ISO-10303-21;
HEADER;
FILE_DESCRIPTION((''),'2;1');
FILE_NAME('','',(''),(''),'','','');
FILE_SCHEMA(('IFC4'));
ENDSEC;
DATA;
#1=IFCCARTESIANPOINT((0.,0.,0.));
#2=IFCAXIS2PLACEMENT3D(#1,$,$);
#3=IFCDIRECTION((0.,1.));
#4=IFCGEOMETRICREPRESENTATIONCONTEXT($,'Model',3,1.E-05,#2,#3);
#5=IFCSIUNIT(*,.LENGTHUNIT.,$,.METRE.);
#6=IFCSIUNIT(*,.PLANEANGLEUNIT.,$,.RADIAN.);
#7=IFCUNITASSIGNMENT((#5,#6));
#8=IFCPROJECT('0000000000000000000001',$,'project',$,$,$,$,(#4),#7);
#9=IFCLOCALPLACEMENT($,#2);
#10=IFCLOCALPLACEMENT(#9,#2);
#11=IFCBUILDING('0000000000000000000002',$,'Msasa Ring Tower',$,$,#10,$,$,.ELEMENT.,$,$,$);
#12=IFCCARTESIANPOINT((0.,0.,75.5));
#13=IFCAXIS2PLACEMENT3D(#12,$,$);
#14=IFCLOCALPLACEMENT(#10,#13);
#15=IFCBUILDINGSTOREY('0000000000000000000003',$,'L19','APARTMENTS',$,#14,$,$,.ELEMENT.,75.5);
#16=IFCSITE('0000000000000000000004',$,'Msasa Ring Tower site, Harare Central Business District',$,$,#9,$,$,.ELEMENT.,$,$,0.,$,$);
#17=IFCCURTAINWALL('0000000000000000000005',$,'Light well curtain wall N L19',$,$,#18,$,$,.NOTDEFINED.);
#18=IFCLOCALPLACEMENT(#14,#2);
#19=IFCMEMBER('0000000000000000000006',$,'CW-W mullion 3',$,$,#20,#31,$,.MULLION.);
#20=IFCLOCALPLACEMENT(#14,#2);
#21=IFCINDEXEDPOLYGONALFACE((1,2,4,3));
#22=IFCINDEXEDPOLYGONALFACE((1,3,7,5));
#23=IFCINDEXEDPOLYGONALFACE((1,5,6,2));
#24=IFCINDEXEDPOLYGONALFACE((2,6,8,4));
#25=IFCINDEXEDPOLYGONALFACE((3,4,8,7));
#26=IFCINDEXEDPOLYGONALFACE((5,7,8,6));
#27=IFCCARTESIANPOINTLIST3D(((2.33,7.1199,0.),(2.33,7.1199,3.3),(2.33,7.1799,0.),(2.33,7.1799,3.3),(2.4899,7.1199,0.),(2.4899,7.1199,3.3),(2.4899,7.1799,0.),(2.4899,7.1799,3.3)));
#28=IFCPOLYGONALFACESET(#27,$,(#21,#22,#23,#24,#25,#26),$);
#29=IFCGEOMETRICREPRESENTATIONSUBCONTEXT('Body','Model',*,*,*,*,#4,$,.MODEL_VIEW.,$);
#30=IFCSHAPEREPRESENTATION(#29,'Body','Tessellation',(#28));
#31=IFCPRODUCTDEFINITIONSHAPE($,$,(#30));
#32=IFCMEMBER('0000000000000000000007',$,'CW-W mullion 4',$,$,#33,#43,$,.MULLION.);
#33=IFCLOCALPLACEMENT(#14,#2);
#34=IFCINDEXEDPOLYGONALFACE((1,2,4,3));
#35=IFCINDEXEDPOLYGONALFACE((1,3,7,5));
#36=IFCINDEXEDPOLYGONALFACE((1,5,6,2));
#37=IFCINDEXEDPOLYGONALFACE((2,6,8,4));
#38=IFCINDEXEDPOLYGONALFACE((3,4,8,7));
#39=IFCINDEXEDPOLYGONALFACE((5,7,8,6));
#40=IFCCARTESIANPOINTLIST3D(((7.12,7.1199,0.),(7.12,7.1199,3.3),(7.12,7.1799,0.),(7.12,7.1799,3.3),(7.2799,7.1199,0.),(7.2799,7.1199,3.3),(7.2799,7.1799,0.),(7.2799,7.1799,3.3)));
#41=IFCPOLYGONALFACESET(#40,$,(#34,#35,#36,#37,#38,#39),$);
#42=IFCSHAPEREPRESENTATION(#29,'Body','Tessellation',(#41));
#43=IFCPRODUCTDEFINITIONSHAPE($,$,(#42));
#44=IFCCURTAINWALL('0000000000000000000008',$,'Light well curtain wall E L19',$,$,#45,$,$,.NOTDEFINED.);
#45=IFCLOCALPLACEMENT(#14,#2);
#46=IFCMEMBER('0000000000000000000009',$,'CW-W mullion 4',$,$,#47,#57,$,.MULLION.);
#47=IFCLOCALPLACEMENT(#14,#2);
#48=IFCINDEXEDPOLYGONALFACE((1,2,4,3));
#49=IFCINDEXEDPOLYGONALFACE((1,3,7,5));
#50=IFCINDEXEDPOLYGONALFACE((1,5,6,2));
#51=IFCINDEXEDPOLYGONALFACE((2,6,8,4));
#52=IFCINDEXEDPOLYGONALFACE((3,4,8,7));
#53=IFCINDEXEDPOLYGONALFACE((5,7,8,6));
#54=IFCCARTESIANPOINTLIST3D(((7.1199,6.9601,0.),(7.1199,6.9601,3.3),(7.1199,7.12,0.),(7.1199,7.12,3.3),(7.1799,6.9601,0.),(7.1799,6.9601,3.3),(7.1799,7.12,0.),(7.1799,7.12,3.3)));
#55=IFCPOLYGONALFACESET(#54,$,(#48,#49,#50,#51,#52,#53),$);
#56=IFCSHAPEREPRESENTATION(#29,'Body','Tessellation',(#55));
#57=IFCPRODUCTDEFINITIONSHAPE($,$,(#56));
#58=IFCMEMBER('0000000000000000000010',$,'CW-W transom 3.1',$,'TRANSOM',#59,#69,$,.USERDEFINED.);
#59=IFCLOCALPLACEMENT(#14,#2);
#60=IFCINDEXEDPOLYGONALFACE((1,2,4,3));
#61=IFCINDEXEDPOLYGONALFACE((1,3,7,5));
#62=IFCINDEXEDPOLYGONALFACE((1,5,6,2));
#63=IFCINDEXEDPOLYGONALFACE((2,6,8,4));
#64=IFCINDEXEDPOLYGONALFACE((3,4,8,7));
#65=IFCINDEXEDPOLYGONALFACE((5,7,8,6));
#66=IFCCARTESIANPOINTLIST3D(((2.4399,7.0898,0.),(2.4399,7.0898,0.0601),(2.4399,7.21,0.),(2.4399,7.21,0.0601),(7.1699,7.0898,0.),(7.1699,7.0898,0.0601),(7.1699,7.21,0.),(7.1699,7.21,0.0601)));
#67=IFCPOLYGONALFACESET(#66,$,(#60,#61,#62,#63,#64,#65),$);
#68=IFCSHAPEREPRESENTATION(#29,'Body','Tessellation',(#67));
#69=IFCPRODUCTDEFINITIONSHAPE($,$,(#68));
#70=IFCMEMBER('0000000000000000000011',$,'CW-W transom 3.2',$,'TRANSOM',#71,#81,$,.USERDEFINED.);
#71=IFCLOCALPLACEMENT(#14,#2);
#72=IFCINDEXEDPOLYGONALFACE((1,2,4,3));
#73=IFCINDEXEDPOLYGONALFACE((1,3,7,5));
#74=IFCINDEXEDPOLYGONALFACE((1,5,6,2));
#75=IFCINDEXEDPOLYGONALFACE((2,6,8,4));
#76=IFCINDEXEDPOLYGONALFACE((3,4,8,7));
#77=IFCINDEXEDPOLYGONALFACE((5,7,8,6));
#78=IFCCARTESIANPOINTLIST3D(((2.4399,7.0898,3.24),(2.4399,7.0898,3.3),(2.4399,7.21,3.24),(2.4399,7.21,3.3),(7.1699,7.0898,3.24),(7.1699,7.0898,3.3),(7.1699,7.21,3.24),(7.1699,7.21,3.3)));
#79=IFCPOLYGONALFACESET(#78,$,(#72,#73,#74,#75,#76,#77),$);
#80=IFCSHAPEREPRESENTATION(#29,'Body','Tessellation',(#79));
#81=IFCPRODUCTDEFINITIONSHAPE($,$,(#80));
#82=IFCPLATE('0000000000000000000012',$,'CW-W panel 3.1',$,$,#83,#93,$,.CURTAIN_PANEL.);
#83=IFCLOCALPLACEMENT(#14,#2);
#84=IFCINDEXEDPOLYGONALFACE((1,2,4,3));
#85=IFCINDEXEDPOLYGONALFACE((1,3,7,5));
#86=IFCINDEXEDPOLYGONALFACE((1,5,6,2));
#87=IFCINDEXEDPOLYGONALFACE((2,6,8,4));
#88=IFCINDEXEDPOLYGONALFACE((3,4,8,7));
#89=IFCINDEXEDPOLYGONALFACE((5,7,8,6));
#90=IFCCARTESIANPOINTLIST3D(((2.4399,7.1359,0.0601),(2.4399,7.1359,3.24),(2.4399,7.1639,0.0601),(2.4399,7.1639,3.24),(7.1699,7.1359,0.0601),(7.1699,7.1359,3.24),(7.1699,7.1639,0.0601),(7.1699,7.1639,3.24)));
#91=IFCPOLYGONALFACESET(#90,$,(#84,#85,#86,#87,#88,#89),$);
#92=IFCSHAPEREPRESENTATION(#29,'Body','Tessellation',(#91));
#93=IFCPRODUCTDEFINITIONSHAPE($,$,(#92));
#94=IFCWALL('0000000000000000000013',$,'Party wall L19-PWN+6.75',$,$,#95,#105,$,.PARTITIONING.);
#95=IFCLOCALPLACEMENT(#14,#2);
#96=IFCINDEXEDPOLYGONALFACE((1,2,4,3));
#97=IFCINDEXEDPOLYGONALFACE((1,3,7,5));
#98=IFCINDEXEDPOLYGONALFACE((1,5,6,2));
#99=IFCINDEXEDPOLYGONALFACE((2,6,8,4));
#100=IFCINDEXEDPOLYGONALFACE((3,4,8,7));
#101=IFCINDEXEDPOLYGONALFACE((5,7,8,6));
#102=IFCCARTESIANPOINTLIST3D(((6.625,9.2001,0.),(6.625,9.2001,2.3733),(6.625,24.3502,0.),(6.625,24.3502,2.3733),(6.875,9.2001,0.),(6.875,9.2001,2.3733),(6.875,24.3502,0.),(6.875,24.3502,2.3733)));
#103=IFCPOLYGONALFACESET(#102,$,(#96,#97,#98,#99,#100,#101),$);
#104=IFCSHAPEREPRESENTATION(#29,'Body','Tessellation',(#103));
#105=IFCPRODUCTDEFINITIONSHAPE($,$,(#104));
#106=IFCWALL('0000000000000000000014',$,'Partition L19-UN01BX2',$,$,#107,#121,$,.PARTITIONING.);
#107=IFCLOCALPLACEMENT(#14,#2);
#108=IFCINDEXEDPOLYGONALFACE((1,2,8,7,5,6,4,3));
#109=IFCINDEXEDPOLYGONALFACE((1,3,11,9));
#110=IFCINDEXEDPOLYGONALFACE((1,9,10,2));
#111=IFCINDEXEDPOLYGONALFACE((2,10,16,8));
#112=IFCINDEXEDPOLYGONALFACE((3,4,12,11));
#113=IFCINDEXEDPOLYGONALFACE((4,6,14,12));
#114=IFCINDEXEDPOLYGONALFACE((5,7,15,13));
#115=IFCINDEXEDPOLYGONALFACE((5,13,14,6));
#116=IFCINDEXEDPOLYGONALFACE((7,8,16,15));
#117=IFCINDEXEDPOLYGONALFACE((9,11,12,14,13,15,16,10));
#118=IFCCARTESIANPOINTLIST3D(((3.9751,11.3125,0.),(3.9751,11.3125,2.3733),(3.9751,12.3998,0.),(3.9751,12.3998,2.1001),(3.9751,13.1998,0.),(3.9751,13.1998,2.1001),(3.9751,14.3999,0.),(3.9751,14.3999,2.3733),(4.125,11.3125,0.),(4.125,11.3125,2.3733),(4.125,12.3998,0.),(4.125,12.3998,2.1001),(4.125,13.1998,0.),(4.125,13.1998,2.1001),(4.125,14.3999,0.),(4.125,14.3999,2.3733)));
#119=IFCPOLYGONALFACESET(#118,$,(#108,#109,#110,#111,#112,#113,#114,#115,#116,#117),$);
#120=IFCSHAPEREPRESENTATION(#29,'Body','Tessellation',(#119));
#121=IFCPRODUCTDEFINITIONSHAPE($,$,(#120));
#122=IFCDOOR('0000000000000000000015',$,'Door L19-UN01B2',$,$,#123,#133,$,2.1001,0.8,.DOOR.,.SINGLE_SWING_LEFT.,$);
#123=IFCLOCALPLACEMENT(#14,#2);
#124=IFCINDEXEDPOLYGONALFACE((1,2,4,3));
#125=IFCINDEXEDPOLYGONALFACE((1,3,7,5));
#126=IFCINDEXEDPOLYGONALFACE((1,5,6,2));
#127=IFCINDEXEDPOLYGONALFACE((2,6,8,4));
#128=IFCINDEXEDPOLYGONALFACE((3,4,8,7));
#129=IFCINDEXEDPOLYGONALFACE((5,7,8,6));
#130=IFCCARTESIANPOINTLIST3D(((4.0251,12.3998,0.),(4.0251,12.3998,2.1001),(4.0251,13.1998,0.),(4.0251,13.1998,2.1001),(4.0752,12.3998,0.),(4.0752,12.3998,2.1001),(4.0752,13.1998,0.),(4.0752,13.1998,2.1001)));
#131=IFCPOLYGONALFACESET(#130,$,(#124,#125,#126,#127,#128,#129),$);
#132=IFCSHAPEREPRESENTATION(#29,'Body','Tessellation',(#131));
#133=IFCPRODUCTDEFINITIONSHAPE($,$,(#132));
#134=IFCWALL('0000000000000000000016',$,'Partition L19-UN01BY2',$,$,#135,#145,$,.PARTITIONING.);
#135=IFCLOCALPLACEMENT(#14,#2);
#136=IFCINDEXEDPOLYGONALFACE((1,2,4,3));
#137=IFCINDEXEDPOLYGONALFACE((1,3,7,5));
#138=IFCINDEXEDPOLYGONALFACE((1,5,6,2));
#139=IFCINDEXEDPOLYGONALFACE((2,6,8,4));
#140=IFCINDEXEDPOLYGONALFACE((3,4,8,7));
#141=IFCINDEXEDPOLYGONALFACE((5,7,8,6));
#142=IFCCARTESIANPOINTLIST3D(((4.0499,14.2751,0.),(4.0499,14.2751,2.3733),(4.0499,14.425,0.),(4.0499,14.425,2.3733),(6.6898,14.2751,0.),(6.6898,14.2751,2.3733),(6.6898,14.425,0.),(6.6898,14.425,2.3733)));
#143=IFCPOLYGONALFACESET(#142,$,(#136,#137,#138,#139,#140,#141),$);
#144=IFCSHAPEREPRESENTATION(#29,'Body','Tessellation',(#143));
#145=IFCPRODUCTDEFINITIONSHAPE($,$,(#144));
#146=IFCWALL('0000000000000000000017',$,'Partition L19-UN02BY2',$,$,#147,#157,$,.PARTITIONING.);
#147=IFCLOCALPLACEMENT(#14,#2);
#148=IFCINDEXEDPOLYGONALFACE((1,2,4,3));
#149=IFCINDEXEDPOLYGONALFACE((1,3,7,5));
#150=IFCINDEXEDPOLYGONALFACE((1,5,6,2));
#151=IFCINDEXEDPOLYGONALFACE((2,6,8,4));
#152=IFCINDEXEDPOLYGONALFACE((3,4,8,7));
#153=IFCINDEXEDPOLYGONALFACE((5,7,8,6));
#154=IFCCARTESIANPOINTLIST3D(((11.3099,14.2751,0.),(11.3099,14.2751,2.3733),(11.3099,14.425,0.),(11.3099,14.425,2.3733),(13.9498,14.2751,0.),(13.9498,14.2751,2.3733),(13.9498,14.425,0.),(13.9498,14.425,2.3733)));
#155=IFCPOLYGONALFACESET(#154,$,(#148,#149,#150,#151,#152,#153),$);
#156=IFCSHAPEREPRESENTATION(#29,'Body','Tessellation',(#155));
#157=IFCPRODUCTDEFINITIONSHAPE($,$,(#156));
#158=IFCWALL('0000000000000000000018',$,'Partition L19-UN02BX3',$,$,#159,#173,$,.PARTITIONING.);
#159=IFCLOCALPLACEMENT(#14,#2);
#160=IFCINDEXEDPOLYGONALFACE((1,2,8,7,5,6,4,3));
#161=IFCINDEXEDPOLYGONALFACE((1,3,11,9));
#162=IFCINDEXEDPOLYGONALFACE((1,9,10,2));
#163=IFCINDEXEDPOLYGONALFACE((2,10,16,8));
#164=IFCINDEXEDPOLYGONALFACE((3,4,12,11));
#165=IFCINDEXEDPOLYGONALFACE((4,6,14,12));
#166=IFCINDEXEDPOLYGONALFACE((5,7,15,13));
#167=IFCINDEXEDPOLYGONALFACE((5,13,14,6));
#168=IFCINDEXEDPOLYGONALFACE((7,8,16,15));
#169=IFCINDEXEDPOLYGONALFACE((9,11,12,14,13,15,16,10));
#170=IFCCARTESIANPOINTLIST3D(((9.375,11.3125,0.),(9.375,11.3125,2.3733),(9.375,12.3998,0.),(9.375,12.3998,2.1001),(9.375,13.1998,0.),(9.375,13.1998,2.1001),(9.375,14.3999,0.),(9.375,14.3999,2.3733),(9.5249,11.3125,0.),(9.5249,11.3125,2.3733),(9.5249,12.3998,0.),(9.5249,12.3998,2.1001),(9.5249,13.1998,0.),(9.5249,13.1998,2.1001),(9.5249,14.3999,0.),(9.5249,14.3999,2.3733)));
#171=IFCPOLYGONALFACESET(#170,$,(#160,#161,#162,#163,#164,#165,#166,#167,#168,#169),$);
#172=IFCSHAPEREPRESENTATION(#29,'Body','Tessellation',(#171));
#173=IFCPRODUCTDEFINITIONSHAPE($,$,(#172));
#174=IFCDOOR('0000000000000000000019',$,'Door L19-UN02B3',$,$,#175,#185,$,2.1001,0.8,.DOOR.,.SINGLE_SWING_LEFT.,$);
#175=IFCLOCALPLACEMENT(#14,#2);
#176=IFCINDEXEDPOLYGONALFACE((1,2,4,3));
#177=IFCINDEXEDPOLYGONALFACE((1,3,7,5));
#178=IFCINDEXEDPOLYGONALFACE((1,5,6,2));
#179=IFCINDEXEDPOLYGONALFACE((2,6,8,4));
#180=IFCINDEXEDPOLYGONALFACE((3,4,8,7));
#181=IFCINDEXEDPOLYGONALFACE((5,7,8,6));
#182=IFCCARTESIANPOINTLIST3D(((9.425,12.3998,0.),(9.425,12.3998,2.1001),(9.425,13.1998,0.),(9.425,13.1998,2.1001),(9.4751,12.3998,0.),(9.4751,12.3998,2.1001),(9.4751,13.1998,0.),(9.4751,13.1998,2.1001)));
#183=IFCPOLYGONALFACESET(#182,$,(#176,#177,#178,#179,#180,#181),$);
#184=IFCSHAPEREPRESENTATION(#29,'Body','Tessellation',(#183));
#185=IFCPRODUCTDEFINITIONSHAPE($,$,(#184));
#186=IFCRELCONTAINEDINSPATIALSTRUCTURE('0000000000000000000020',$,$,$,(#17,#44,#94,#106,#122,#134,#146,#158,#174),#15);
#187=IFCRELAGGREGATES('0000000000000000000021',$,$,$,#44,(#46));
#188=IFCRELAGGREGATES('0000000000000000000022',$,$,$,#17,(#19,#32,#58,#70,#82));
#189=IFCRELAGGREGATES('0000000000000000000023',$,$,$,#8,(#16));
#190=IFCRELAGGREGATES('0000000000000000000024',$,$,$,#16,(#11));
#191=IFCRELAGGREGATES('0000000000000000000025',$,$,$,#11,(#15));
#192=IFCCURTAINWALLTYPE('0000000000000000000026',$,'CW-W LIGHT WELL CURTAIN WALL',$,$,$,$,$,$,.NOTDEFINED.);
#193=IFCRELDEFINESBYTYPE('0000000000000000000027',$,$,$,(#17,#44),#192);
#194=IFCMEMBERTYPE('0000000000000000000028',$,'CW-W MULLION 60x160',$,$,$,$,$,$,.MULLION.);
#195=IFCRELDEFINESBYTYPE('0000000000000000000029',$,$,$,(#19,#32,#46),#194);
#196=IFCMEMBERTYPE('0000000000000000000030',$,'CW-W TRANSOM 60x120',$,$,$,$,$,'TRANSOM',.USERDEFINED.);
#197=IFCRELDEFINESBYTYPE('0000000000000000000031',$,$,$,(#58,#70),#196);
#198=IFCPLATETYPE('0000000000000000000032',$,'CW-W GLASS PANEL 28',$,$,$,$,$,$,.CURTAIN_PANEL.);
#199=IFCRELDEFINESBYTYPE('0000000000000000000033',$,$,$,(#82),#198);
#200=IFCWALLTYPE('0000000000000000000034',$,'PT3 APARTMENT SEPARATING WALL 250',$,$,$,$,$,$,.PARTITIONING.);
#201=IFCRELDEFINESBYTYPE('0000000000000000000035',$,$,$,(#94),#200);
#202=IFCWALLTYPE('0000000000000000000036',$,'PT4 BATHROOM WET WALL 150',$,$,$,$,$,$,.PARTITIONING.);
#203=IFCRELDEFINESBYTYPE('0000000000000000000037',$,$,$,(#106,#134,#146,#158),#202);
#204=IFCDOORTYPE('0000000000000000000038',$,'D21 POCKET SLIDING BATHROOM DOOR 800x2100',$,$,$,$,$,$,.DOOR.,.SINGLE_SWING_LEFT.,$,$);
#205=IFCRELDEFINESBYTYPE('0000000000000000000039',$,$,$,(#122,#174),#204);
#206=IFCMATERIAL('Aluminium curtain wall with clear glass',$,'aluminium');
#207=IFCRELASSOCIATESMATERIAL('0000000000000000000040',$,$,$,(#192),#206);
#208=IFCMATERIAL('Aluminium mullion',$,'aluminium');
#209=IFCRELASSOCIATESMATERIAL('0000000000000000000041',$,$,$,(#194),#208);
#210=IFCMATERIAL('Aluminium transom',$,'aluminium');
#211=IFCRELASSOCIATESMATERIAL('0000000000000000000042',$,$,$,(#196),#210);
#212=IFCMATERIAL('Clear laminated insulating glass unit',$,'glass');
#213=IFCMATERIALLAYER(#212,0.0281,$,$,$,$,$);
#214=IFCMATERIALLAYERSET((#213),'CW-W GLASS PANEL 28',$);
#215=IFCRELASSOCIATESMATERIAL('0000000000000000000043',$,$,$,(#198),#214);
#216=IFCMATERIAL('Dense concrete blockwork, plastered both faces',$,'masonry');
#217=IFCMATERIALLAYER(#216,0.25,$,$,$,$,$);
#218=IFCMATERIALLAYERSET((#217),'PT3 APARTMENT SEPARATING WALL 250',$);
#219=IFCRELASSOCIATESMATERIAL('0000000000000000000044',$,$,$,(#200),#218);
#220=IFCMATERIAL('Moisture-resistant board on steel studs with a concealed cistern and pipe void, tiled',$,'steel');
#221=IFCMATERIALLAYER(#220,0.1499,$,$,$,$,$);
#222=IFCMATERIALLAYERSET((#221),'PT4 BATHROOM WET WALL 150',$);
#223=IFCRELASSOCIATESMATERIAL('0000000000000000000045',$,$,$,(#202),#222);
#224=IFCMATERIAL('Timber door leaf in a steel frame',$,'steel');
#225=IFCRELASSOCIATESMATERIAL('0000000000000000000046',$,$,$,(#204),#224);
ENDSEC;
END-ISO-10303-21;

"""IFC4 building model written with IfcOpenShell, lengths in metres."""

from ifc_helpers import new_model, si_unit, direction, frame, frame_2d, origin, origin_2d, place, context, subcontext, project, spatial, rectangle, extrude, material, layer, layer_set, material_profile, profile_set, type_object, element, fill, aggregate, save


model = new_model("IFC4")

# Units and contexts
model_context = context("Model", 3, precision=1e-05, world=origin(), true_north=direction((0.0, 1.0)))
body_context = subcontext(model_context, "Body", "Model", "MODEL_VIEW")
ifc_project = project(units=[si_unit("LENGTHUNIT", "METRE"), si_unit("PLANEANGLEUNIT", "RADIAN")], contexts=[model_context])

# Site, building, storey
site_placement = place(None, origin())
site = spatial("IfcSite", under=ifc_project, at=site_placement, Name="Msasa Ring Tower site, Harare Central Business District", CompositionType="ELEMENT", RefElevation=0.0)
building_placement = place(site_placement, origin())
building = spatial("IfcBuilding", under=site, at=building_placement, Name="Msasa Ring Tower", CompositionType="ELEMENT")
storey_placement = place(building_placement, frame((0.0, 0.0, 75.5)))
storey = spatial("IfcBuildingStorey", under=building, at=storey_placement, Name="L19", Description="APARTMENTS", CompositionType="ELEMENT", Elevation=75.5)

# Curtain wall, members
ifc_material_1 = material(Name="Aluminium curtain wall with clear glass", Category="aluminium")
curtain_wall_type = type_object("IfcCurtainWallType", Name="CW-W LIGHT WELL CURTAIN WALL", PredefinedType="NOTDEFINED", material=ifc_material_1)
curtain_wall_1_placement = place(storey_placement, origin())
curtain_wall_1 = element("IfcCurtainWall", 1, at=curtain_wall_1_placement, inside=storey, type_object=curtain_wall_type, Name="Light well curtain wall N L19", PredefinedType="NOTDEFINED")
ifc_material_2 = material(Name="Aluminium mullion", Category="aluminium")
ifc_material_profile_1 = material_profile(ifc_material_2, rectangle(XDim=0.0601, YDim=0.1599, at=origin_2d()), Name="AL 60x160")
ifc_profile_set_1 = profile_set([ifc_material_profile_1], Name="Aluminium mullion")
member_type_1 = type_object("IfcMemberType", Name="CW-W MULLION 60x160", PredefinedType="MULLION", material=ifc_profile_set_1)
member_1_placement = place(storey_placement, frame((2.4099, 7.1499, 0.0), z_axis=(0.0, 0.0, 1.0), x_axis=(0.0, 1.0, 0.0)))
member_1 = element("IfcMember", 2, at=member_1_placement, type_object=member_type_1, Name="CW-W mullion 3", PredefinedType="MULLION", context=body_context, shape_type="SweptSolid", body=[
    extrude(rectangle(XDim=0.0601, YDim=0.1599, at=origin_2d()), origin(), (0.0, 0.0, 1.0), 3.3),
])
member_2_placement = place(storey_placement, frame((7.2, 7.1499, 0.0), z_axis=(0.0, 0.0, 1.0), x_axis=(0.0, 1.0, 0.0)))
member_2 = element("IfcMember", 3, at=member_2_placement, type_object=member_type_1, Name="CW-W mullion 4", PredefinedType="MULLION", context=body_context, shape_type="SweptSolid", body=[
    extrude(rectangle(XDim=0.0601, YDim=0.1599, at=origin_2d()), origin(), (0.0, 0.0, 1.0), 3.3),
])

# Curtain wall, member
curtain_wall_2_placement = place(storey_placement, origin())
curtain_wall_2 = element("IfcCurtainWall", 4, at=curtain_wall_2_placement, inside=storey, type_object=curtain_wall_type, Name="Light well curtain wall E L19", PredefinedType="NOTDEFINED")
member_3_placement = place(storey_placement, frame((7.1499, 7.04, 0.0), z_axis=(0.0, 0.0, 1.0), x_axis=(-1.0, 0.0, 0.0)))
member_3 = element("IfcMember", 5, at=member_3_placement, type_object=member_type_1, Name="CW-W mullion 4", PredefinedType="MULLION", context=body_context, shape_type="SweptSolid", body=[
    extrude(rectangle(XDim=0.0601, YDim=0.1599, at=origin_2d()), origin(), (0.0, 0.0, 1.0), 3.3),
])
aggregate(curtain_wall_2, [member_3])

# Members
ifc_material_3 = material(Name="Aluminium transom", Category="aluminium")
ifc_material_profile_2 = material_profile(ifc_material_3, rectangle(XDim=0.1201, YDim=0.0601, at=origin_2d()), Name="AL 60x120")
ifc_profile_set_2 = profile_set([ifc_material_profile_2], Name="Aluminium transom")
member_type_2 = type_object("IfcMemberType", Name="CW-W TRANSOM 60x120", ElementType="TRANSOM", PredefinedType="USERDEFINED", material=ifc_profile_set_2)
member_4_placement = place(storey_placement, frame((2.4399, 7.1499, 0.03), z_axis=(1.0, 0.0, 0.0), x_axis=(0.0, 1.0, 0.0)))
member_4 = element("IfcMember", 6, at=member_4_placement, type_object=member_type_2, Name="CW-W transom 3.1", ObjectType="TRANSOM", PredefinedType="USERDEFINED", context=body_context, shape_type="SweptSolid", body=[
    extrude(rectangle(XDim=0.1201, YDim=0.0601, at=origin_2d()), origin(), (0.0, 0.0, 1.0), 4.73),
])
member_5_placement = place(storey_placement, frame((2.4399, 7.1499, 3.27), z_axis=(1.0, 0.0, 0.0), x_axis=(0.0, 1.0, 0.0)))
member_5 = element("IfcMember", 7, at=member_5_placement, type_object=member_type_2, Name="CW-W transom 3.2", ObjectType="TRANSOM", PredefinedType="USERDEFINED", context=body_context, shape_type="SweptSolid", body=[
    extrude(rectangle(XDim=0.1201, YDim=0.0601, at=origin_2d()), origin(), (0.0, 0.0, 1.0), 4.73),
])

# Plate
ifc_material_4 = material(Name="Clear laminated insulating glass unit", Category="glass")
ifc_layer_1 = layer(ifc_material_4, 0.0281)
ifc_layer_set_1 = layer_set([ifc_layer_1], Name="CW-W GLASS PANEL 28")
plate_type = type_object("IfcPlateType", Name="CW-W GLASS PANEL 28", PredefinedType="CURTAIN_PANEL", material=ifc_layer_set_1)
plate_placement = place(storey_placement, frame((4.8049, 7.1499, 0.0601), z_axis=(0.0, 0.0, 1.0), x_axis=(1.0, 0.0, 0.0)))
plate = element("IfcPlate", 8, at=plate_placement, type_object=plate_type, Name="CW-W panel 3.1", PredefinedType="CURTAIN_PANEL", context=body_context, shape_type="SweptSolid", body=[
    extrude(rectangle(XDim=4.73, YDim=0.0281, at=origin_2d()), origin(), (0.0, 0.0, 1.0), 3.1799),
])
aggregate(curtain_wall_1, [member_1, member_2, member_4, member_5, plate])

# Wall
ifc_material_5 = material(Name="Dense concrete blockwork, plastered both faces", Category="masonry")
ifc_layer_2 = layer(ifc_material_5, 0.25)
ifc_layer_set_2 = layer_set([ifc_layer_2], Name="PT3 APARTMENT SEPARATING WALL 250")
wall_type_1 = type_object("IfcWallType", Name="PT3 APARTMENT SEPARATING WALL 250", PredefinedType="PARTITIONING", material=ifc_layer_set_2)
wall_1_placement = place(storey_placement, frame((6.75, 9.2, 0.0), z_axis=(0.0, 0.0, 1.0), x_axis=(0.0, 1.0, 0.0)))
element("IfcWall", 9, at=wall_1_placement, inside=storey, type_object=wall_type_1, Name="Party wall L19-PWN+6.75", PredefinedType="PARTITIONING", context=body_context, shape_type="SweptSolid", body=[
    extrude(rectangle(XDim=15.1501, YDim=0.25, at=frame_2d((7.5752, 0.0))), origin(), (0.0, 0.0, 1.0), 2.3733),
])

# Wall, opening, door
ifc_material_6 = material(Name="Moisture-resistant board on steel studs with a concealed cistern and pipe void, tiled", Category="steel")
ifc_layer_3 = layer(ifc_material_6, 0.1499)
ifc_layer_set_3 = layer_set([ifc_layer_3], Name="PT4 BATHROOM WET WALL 150")
wall_type_2 = type_object("IfcWallType", Name="PT4 BATHROOM WET WALL 150", PredefinedType="PARTITIONING", material=ifc_layer_set_3)
wall_2_placement = place(storey_placement, frame((4.05, 11.3125, 0.0), z_axis=(0.0, 0.0, 1.0), x_axis=(0.0, 1.0, 0.0)))
wall_2 = element("IfcWall", 10, at=wall_2_placement, inside=storey, type_object=wall_type_2, Name="Partition L19-UN01BX2", PredefinedType="PARTITIONING", context=body_context, shape_type="SweptSolid", body=[
    extrude(rectangle(XDim=3.0874, YDim=0.1499, at=frame_2d((1.5437, 0.0))), origin(), (0.0, 0.0, 1.0), 2.3733),
])
opening_1_placement = place(wall_2_placement, frame((1.0874, 0.0, 0.0)))
opening_1 = element("IfcOpeningElement", 11, at=opening_1_placement, cuts=wall_2, PredefinedType="OPENING", context=body_context, shape_type="SweptSolid", body=[
    extrude(rectangle(XDim=0.8, YDim=2.1001, at=frame_2d((0.3999, 1.05))), frame((0.0, 0.085, 0.0), z_axis=(0.0, -1.0, 0.0), x_axis=(1.0, 0.0, 0.0)), (0.0, 0.0, 1.0), 0.1699),
])
ifc_material_7 = material(Name="Timber door leaf in a steel frame", Category="steel")
door_type_1 = type_object("IfcDoorType", Name="D21 POCKET SLIDING BATHROOM DOOR 800x2100", OperationType="SINGLE_SWING_LEFT", PredefinedType="DOOR", material=ifc_material_7)
door_1_placement = place(opening_1_placement, origin())
door_1 = element("IfcDoor", 12, at=door_1_placement, inside=storey, type_object=door_type_1, Name="Door L19-UN01B2", OperationType="SINGLE_SWING_LEFT", OverallHeight=2.1001, OverallWidth=0.8, PredefinedType="DOOR", context=body_context, shape_type="SweptSolid", body=[
    extrude(rectangle(XDim=0.8, YDim=2.1001, at=frame_2d((0.3999, 1.05))), frame((0.0, 0.0249, 0.0), z_axis=(0.0, -1.0, 0.0), x_axis=(1.0, 0.0, 0.0)), (0.0, 0.0, 1.0), 0.05),
])
fill(opening_1, door_1)

# Walls
for number, where, z_axis, x_axis, name in (
    (13, (4.05, 14.3501, 0.0), (0.0, 0.0, 1.0), (1.0, 0.0, 0.0), "Partition L19-UN01BY2"),
    (14, (11.3101, 14.3501, 0.0), (0.0, 0.0, 1.0), (1.0, 0.0, 0.0), "Partition L19-UN02BY2"),
):
    element("IfcWall", number, at=place(storey_placement, frame(where, z_axis=z_axis, x_axis=x_axis)), inside=storey, type_object=wall_type_2, Name=name, PredefinedType="PARTITIONING", context=body_context, shape_type="SweptSolid", body=[
        extrude(rectangle(XDim=2.6399, YDim=0.1499, at=frame_2d((1.3198, 0.0))), origin(), (0.0, 0.0, 1.0), 2.3733),
    ])

# Wall, opening, door
wall_3_placement = place(storey_placement, frame((9.45, 11.3125, 0.0), z_axis=(0.0, 0.0, 1.0), x_axis=(0.0, 1.0, 0.0)))
wall_3 = element("IfcWall", 15, at=wall_3_placement, inside=storey, type_object=wall_type_2, Name="Partition L19-UN02BX3", PredefinedType="PARTITIONING", context=body_context, shape_type="SweptSolid", body=[
    extrude(rectangle(XDim=3.0874, YDim=0.1499, at=frame_2d((1.5437, 0.0))), origin(), (0.0, 0.0, 1.0), 2.3733),
])
opening_2_placement = place(wall_3_placement, frame((1.0874, 0.0, 0.0)))
opening_2 = element("IfcOpeningElement", 16, at=opening_2_placement, cuts=wall_3, PredefinedType="OPENING", context=body_context, shape_type="SweptSolid", body=[
    extrude(rectangle(XDim=0.8, YDim=2.1001, at=frame_2d((0.3999, 1.05))), frame((0.0, 0.085, 0.0), z_axis=(0.0, -1.0, 0.0), x_axis=(1.0, 0.0, 0.0)), (0.0, 0.0, 1.0), 0.1699),
])
door_2_placement = place(opening_2_placement, origin())
door_2 = element("IfcDoor", 17, at=door_2_placement, inside=storey, type_object=door_type_1, Name="Door L19-UN02B3", OperationType="SINGLE_SWING_LEFT", OverallHeight=2.1001, OverallWidth=0.8, PredefinedType="DOOR", context=body_context, shape_type="SweptSolid", body=[
    extrude(rectangle(XDim=0.8, YDim=2.1001, at=frame_2d((0.3999, 1.05))), frame((0.0, 0.0249, 0.0), z_axis=(0.0, -1.0, 0.0), x_axis=(1.0, 0.0, 0.0)), (0.0, 0.0, 1.0), 0.05),
])
fill(opening_2, door_2)

save(model, "model.ifc")
